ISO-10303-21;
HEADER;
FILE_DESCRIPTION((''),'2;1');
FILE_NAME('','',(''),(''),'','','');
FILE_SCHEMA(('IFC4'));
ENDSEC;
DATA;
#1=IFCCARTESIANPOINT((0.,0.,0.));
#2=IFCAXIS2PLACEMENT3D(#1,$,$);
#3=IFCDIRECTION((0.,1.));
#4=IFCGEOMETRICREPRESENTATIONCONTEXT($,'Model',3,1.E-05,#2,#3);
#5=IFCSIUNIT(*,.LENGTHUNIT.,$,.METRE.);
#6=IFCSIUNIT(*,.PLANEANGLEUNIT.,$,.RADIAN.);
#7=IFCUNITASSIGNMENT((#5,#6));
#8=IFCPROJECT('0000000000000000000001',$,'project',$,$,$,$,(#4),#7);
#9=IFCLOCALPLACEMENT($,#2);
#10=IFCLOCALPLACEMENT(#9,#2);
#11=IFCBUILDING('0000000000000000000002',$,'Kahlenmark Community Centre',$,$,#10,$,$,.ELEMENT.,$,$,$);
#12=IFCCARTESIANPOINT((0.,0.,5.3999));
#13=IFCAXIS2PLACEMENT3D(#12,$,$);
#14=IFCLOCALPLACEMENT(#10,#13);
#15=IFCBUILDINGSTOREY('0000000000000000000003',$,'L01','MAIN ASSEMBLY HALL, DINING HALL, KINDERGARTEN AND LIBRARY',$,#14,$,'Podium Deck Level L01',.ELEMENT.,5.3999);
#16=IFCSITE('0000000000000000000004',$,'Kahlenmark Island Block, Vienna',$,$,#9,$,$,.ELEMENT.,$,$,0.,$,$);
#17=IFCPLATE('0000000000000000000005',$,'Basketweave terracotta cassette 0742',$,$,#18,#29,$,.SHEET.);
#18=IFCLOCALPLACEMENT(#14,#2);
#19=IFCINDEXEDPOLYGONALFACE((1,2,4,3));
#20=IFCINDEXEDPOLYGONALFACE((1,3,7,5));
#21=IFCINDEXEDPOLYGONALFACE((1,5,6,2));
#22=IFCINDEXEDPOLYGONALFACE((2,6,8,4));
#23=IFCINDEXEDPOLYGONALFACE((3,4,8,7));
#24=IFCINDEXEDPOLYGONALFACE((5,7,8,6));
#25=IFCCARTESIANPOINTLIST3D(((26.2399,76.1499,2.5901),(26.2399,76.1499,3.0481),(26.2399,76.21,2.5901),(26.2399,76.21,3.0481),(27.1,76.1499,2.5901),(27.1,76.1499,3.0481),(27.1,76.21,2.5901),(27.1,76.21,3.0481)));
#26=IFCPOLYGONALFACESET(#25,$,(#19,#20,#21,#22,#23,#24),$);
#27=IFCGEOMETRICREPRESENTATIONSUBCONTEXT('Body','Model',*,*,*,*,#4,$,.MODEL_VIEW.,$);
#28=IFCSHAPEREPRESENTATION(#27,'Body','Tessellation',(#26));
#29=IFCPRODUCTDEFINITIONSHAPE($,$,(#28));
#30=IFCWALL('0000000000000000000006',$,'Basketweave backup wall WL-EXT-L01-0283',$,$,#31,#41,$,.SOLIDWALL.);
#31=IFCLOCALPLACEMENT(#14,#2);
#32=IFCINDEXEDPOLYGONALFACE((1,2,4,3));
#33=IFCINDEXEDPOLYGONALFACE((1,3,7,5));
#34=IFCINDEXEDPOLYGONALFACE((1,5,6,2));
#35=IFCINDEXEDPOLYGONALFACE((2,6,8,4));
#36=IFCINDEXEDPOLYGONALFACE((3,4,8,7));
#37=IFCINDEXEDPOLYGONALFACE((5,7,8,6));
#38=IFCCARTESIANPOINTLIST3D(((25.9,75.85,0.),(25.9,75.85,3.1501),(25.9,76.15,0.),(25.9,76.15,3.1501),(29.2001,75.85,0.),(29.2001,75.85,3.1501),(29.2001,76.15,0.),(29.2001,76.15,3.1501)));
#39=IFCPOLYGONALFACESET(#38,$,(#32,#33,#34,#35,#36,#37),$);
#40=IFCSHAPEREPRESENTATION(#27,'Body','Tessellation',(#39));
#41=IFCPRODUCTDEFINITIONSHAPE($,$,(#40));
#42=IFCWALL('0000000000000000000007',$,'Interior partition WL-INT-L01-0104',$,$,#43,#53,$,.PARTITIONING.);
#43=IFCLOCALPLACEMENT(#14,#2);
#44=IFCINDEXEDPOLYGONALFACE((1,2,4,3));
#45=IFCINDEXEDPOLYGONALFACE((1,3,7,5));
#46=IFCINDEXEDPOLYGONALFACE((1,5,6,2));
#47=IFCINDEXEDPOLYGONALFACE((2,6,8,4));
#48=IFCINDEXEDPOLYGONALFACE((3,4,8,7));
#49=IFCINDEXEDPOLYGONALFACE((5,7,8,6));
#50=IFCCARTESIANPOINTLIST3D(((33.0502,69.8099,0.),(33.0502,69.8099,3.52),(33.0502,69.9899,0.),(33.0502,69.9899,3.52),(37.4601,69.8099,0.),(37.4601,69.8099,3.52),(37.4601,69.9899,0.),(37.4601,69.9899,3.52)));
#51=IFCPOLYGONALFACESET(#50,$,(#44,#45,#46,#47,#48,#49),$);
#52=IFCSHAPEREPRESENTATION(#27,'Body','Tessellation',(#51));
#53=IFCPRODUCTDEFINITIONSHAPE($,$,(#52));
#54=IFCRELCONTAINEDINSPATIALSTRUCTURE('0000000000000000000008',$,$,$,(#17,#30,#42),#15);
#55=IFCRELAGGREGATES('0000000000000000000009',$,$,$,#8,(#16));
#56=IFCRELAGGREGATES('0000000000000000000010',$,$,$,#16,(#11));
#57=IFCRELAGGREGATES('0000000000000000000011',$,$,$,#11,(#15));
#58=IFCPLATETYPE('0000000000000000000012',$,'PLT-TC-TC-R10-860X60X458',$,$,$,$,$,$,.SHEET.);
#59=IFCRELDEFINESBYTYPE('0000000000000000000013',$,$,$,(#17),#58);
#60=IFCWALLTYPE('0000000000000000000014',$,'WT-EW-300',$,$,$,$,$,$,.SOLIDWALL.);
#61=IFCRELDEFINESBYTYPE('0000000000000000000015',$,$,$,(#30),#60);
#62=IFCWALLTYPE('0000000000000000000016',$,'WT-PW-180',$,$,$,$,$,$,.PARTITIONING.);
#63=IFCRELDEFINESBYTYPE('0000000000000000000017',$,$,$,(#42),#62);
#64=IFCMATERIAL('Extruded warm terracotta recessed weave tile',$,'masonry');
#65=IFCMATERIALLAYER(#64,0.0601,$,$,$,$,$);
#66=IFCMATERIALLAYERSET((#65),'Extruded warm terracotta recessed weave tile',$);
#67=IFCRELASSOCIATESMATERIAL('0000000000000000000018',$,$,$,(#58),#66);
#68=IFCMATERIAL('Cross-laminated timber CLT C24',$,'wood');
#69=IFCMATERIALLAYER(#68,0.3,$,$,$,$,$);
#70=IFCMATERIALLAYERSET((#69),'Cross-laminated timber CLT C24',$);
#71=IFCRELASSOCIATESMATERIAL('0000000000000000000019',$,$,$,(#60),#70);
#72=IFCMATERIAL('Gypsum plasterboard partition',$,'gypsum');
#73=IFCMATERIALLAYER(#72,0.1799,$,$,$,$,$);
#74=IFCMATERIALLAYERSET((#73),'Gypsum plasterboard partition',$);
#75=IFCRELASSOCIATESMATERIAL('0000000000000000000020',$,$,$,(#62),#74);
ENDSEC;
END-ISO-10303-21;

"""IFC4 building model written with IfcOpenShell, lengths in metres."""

from ifc_helpers import new_model, si_unit, direction, frame, frame_2d, origin, origin_2d, place, context, subcontext, project, spatial, rectangle, extrude, material, layer, layer_set, type_object, element, save


model = new_model("IFC4")

# Units and contexts
model_context = context("Model", 3, precision=1e-05, world=origin(), true_north=direction((0.0, 1.0)))
body_context = subcontext(model_context, "Body", "Model", "MODEL_VIEW")
ifc_project = project(units=[si_unit("LENGTHUNIT", "METRE"), si_unit("PLANEANGLEUNIT", "RADIAN")], contexts=[model_context])

# Site, building, storey
site_placement = place(None, origin())
site = spatial("IfcSite", under=ifc_project, at=site_placement, Name="Kahlenmark Island Block, Vienna", CompositionType="ELEMENT", RefElevation=0.0)
building_placement = place(site_placement, origin())
building = spatial("IfcBuilding", under=site, at=building_placement, Name="Kahlenmark Community Centre", CompositionType="ELEMENT")
storey_placement = place(building_placement, frame((0.0, 0.0, 5.3999)))
storey = spatial("IfcBuildingStorey", under=building, at=storey_placement, Name="L01", Description="MAIN ASSEMBLY HALL, DINING HALL, KINDERGARTEN AND LIBRARY", LongName="Podium Deck Level L01", CompositionType="ELEMENT", Elevation=5.3999)

# Plate
ifc_material_1 = material(Name="Extruded warm terracotta recessed weave tile", Category="masonry")
ifc_layer_1 = layer(ifc_material_1, 0.0601)
ifc_layer_set_1 = layer_set([ifc_layer_1], Name="Extruded warm terracotta recessed weave tile")
plate_type_1 = type_object("IfcPlateType", Name="PLT-TC-TC-R10-860X60X458", PredefinedType="SHEET", material=ifc_layer_set_1)
for number, where, z_axis, x_axis, name in (
    (1, (26.6699, 76.1799, 2.5901), (0.0, 0.0, 1.0), (-1.0, 0.0, 0.0), "Basketweave terracotta cassette 0742"),
):
    element("IfcPlate", number, at=place(storey_placement, frame(where, z_axis=z_axis, x_axis=x_axis)), inside=storey, type_object=plate_type_1, Name=name, PredefinedType="SHEET", context=body_context, shape_type="SweptSolid", body=[
        extrude(rectangle(XDim=0.8601, YDim=0.0601, at=origin_2d()), origin(), (0.0, 0.0, 1.0), 0.458),
    ])

# Wall
ifc_material_2 = material(Name="Cross-laminated timber CLT C24", Category="wood")
ifc_layer_2 = layer(ifc_material_2, 0.3)
ifc_layer_set_2 = layer_set([ifc_layer_2], Name="Cross-laminated timber CLT C24")
wall_type_1 = type_object("IfcWallType", Name="WT-EW-300", PredefinedType="SOLIDWALL", material=ifc_layer_set_2)
wall_1_placement = place(storey_placement, frame((29.2, 76.0, 0.0), z_axis=(0.0, 0.0, 1.0), x_axis=(-1.0, 0.0, 0.0)))
element("IfcWall", 2, at=wall_1_placement, inside=storey, type_object=wall_type_1, Name="Basketweave backup wall WL-EXT-L01-0283", PredefinedType="SOLIDWALL", context=body_context, shape_type="SweptSolid", body=[
    extrude(rectangle(XDim=3.3, YDim=0.3, at=frame_2d((1.6499, 0.0))), origin(), (0.0, 0.0, 1.0), 3.1501),
])

# Shared definitions
ifc_material_3 = material(Name="Gypsum plasterboard partition", Category="gypsum")
ifc_layer_3 = layer(ifc_material_3, 0.1799)
ifc_layer_set_3 = layer_set([ifc_layer_3], Name="Gypsum plasterboard partition")
wall_type_2 = type_object("IfcWallType", Name="WT-PW-180", PredefinedType="PARTITIONING", material=ifc_layer_set_3)

# Wall
wall_2_placement = place(storey_placement, frame((33.05, 69.8999, 0.0), z_axis=(0.0, 0.0, 1.0), x_axis=(1.0, 0.0, 0.0)))
element("IfcWall", 3, at=wall_2_placement, inside=storey, type_object=wall_type_2, Name="Interior partition WL-INT-L01-0104", PredefinedType="PARTITIONING", context=body_context, shape_type="SweptSolid", body=[
    extrude(rectangle(XDim=4.4099, YDim=0.1799, at=frame_2d((2.2051, 0.0))), origin(), (0.0, 0.0, 1.0), 3.52),
])

save(model, "model.ifc")
